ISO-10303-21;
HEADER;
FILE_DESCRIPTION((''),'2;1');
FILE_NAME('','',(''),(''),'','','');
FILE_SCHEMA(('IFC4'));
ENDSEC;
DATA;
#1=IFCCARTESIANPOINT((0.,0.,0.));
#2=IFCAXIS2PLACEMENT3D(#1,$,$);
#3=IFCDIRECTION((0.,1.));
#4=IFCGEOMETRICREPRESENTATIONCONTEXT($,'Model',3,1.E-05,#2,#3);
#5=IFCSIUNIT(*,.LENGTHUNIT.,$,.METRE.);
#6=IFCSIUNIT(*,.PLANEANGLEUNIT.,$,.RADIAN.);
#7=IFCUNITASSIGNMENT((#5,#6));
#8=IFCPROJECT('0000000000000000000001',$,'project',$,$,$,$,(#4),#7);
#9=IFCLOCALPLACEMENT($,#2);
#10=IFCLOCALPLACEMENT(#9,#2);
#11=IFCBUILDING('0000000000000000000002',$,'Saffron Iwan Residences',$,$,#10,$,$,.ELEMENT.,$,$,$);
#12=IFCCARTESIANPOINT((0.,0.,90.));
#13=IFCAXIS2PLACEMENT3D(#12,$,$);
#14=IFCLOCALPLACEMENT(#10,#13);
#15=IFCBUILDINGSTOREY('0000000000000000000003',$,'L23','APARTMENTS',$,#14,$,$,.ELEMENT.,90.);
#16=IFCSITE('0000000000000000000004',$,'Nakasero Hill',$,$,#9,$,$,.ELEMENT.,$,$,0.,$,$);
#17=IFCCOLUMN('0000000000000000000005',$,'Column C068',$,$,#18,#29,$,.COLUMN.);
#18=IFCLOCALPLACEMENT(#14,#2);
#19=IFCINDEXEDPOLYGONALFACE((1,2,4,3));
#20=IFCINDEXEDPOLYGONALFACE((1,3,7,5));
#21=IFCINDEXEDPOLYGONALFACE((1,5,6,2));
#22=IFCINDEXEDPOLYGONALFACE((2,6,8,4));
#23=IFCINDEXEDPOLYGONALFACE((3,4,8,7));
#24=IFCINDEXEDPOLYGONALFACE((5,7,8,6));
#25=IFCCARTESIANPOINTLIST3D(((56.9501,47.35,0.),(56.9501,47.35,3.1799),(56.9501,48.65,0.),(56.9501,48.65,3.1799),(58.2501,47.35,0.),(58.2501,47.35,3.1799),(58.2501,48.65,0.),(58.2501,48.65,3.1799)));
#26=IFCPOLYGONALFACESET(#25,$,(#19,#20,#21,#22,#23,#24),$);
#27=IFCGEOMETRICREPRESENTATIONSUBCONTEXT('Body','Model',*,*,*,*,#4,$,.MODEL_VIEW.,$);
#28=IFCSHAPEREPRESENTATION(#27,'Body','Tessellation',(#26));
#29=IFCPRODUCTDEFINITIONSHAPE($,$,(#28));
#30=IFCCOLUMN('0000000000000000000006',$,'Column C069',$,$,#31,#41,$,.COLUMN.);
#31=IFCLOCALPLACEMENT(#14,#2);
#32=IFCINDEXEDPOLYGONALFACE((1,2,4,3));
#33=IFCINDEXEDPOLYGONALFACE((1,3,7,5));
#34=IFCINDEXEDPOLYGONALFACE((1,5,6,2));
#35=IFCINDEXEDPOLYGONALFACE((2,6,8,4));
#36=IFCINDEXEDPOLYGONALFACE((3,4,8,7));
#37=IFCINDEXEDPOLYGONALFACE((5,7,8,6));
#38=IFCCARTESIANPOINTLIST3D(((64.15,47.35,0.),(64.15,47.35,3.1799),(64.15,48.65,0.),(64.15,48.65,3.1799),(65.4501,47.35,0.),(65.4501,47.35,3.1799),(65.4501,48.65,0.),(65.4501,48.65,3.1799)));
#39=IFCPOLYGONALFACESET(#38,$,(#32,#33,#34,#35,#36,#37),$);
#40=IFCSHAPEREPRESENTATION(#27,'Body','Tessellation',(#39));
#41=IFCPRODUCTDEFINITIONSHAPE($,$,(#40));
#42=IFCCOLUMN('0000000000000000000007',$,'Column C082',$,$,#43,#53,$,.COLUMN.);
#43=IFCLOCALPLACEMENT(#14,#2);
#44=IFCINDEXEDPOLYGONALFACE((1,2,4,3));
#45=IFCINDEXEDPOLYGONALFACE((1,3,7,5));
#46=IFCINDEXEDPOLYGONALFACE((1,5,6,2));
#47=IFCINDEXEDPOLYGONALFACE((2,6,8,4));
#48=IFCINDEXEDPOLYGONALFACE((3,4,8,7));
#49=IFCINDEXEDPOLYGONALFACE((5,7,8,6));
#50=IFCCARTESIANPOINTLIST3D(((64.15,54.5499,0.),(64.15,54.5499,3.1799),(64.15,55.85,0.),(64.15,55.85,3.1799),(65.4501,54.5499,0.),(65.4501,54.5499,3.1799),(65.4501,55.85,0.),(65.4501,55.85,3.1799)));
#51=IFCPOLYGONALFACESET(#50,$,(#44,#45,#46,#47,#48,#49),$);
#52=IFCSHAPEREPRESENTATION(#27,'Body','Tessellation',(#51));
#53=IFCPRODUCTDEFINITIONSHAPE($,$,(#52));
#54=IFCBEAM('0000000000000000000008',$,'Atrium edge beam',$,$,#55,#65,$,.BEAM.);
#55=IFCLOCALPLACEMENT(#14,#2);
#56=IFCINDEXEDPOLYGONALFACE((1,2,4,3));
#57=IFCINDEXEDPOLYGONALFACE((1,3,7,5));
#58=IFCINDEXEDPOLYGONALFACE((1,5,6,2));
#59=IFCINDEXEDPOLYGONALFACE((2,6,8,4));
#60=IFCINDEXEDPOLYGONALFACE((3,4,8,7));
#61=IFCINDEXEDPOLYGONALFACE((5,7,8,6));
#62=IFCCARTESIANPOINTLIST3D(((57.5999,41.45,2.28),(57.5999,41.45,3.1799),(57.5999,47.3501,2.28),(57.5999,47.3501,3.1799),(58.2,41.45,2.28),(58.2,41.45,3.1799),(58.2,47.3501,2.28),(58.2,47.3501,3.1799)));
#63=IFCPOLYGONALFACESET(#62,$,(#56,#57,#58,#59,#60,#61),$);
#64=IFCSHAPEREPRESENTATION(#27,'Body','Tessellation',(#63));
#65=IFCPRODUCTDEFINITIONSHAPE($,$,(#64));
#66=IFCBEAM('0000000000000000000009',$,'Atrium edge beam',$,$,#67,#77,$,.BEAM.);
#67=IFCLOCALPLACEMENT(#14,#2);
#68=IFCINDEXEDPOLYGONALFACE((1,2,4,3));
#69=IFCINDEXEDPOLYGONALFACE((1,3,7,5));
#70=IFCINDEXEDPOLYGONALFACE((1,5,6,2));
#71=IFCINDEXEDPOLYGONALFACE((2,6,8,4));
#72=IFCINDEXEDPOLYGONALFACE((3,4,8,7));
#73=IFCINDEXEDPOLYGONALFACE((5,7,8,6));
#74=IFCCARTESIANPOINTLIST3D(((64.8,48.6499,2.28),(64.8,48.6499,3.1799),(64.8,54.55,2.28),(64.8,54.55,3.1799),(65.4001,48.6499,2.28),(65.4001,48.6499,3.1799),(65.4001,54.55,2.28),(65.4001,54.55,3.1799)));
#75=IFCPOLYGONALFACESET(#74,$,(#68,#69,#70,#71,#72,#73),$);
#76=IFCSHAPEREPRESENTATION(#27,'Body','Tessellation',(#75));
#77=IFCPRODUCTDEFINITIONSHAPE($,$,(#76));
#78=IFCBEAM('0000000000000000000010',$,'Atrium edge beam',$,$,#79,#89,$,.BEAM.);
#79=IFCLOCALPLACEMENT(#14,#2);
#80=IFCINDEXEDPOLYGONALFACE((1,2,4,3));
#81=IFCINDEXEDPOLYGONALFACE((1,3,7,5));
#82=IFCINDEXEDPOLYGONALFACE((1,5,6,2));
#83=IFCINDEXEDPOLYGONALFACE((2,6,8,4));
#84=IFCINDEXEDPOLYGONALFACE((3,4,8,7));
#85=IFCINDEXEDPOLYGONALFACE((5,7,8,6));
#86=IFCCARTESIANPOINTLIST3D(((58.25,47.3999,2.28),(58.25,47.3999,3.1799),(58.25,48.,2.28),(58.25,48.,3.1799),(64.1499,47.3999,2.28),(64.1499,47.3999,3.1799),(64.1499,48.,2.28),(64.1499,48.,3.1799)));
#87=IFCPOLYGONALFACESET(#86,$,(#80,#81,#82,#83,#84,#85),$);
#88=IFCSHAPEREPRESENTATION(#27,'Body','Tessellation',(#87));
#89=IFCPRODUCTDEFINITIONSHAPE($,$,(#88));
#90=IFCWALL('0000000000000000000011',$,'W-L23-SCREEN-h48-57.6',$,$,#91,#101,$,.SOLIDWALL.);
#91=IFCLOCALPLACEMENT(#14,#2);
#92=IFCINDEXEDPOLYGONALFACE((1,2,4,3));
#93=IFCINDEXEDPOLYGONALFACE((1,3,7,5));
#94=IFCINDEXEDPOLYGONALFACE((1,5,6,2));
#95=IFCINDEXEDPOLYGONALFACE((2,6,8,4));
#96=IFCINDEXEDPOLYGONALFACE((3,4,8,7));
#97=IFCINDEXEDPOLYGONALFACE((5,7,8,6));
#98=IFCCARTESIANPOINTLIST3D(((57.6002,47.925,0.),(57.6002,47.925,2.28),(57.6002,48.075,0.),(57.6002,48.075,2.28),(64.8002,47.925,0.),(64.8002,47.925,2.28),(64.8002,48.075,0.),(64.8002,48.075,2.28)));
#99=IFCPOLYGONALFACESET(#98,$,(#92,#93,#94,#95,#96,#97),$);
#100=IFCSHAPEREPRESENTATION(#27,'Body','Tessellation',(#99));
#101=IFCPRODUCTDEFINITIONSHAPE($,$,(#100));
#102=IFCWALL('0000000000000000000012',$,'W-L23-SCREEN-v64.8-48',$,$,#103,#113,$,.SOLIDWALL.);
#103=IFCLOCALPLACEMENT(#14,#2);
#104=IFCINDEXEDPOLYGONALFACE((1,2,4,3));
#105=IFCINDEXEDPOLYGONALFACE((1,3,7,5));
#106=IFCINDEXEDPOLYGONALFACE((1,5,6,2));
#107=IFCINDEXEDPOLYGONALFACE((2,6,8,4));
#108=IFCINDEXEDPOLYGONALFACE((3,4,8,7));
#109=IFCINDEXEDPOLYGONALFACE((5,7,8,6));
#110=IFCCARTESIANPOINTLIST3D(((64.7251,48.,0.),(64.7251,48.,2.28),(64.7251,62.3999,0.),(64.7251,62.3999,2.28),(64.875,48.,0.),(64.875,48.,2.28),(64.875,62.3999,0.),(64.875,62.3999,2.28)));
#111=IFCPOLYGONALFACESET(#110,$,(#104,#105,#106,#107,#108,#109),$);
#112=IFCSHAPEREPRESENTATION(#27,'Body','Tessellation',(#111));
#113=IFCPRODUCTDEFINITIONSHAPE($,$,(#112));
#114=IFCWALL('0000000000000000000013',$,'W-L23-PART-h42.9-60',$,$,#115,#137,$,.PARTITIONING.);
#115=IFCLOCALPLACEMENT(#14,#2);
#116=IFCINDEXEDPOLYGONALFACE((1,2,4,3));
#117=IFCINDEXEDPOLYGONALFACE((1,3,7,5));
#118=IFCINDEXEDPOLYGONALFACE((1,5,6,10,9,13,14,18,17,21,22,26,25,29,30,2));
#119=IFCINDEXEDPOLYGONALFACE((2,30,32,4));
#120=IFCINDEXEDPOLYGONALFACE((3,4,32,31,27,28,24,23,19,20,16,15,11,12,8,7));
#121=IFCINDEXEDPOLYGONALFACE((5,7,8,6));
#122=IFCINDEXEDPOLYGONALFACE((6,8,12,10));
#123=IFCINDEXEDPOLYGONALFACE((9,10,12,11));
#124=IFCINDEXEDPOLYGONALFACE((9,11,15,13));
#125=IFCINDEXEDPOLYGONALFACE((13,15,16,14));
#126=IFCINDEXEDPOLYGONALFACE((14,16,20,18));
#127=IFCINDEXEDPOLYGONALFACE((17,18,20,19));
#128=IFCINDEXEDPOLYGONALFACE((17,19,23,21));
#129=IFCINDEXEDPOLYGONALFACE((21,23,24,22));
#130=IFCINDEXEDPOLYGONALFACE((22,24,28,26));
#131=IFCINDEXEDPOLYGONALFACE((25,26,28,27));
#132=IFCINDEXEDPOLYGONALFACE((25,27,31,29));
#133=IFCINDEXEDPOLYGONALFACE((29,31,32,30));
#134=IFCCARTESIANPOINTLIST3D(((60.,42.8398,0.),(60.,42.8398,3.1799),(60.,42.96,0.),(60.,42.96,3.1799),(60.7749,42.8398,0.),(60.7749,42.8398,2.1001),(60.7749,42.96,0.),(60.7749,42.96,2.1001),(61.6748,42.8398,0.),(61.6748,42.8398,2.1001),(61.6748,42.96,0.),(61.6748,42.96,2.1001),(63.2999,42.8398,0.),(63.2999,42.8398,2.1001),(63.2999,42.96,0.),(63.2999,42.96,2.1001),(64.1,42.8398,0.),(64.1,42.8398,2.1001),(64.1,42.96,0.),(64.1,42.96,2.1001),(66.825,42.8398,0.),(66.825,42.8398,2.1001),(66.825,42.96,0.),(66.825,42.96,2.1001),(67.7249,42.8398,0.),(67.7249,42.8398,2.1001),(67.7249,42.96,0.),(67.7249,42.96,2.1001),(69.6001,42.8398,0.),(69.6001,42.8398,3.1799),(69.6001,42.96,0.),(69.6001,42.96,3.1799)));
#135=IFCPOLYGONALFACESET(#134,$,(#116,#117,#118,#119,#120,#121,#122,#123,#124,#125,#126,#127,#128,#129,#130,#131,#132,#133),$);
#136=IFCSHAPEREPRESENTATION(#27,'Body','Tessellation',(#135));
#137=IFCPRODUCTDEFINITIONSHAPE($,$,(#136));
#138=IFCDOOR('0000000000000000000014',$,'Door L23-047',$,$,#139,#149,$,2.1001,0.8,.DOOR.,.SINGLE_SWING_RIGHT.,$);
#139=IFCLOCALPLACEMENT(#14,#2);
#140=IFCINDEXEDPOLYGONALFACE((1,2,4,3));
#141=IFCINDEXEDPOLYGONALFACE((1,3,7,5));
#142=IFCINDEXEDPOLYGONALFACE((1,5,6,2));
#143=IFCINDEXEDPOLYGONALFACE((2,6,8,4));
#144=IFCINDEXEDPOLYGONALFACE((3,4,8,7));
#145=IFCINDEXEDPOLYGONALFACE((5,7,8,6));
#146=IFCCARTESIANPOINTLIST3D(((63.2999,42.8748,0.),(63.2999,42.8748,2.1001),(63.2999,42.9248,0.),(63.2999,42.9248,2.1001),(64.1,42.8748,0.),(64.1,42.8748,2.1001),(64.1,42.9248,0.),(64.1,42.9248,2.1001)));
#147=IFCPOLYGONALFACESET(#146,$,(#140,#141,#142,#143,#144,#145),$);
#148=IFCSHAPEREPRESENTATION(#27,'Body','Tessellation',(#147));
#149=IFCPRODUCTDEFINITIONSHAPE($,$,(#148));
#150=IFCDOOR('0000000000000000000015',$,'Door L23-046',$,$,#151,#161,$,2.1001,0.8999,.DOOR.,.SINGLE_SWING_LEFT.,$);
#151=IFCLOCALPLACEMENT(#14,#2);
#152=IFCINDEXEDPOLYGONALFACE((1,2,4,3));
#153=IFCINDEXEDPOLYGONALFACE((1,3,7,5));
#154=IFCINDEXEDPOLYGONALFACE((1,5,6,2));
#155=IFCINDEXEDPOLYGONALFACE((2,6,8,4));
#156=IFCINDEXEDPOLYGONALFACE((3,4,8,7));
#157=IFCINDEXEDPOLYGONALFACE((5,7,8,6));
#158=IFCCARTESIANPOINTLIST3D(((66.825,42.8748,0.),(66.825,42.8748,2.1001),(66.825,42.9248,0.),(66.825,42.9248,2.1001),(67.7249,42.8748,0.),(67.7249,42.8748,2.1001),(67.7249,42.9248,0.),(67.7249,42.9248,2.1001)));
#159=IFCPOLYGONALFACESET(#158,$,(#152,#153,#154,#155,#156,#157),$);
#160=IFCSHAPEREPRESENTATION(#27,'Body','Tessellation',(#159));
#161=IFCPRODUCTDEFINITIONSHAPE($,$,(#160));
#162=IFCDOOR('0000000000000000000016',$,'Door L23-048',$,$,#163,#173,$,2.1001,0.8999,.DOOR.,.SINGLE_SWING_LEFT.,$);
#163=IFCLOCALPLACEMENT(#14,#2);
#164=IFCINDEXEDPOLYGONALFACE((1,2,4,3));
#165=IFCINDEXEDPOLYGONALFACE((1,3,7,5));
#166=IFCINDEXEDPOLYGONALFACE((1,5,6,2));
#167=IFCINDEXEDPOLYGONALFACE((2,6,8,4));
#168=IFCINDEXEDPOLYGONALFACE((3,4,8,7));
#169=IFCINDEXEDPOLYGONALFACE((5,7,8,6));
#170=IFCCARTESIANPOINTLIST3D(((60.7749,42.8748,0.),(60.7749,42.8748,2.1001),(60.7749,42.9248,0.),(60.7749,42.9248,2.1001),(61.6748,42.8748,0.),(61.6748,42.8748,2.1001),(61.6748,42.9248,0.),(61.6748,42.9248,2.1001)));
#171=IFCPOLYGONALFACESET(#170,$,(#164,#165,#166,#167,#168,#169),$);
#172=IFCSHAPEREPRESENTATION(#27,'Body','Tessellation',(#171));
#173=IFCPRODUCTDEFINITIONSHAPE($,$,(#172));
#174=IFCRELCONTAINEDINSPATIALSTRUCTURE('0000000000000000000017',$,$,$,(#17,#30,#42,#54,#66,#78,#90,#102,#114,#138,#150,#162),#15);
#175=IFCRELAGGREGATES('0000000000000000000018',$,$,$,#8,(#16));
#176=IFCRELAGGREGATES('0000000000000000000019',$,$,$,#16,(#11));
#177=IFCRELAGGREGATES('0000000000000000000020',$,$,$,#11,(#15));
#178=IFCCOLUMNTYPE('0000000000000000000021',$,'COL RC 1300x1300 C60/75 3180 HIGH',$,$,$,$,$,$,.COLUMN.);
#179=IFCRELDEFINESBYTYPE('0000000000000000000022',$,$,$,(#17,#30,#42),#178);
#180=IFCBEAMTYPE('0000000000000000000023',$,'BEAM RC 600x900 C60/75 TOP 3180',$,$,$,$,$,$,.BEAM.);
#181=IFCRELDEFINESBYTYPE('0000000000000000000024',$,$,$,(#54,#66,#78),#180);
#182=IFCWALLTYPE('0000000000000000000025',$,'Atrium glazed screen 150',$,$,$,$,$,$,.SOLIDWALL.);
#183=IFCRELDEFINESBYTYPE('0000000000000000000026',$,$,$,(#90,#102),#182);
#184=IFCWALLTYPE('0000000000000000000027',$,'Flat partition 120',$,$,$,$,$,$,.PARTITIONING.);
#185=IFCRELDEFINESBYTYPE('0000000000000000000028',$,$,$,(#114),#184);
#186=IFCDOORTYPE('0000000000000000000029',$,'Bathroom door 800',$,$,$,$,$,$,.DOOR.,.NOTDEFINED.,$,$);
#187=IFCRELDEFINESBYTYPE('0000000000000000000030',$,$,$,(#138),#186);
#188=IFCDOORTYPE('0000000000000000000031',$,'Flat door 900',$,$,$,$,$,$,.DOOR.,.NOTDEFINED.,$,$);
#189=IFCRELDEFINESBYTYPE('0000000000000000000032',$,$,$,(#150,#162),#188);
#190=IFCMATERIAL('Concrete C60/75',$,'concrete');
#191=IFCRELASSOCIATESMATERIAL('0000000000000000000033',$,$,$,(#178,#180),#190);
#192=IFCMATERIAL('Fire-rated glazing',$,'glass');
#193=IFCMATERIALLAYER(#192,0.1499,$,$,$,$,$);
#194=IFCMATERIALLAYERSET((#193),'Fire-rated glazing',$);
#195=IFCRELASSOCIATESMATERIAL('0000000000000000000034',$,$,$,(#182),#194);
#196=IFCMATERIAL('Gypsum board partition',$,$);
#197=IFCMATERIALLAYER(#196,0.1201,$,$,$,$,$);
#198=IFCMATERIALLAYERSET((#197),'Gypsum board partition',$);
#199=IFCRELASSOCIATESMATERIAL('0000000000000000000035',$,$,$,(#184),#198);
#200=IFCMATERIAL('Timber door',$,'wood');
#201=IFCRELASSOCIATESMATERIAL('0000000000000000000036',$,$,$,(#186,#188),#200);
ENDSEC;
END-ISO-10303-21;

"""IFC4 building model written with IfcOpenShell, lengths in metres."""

from ifc_helpers import new_model, si_unit, direction, frame, frame_2d, origin, origin_2d, place, context, subcontext, project, spatial, rectangle, extrude, source, transform, mapped, material, layer, layer_set, material_profile, profile_set, type_object, element, fill, save


model = new_model("IFC4")

# Units and contexts
model_context = context("Model", 3, precision=1e-05, world=origin(), true_north=direction((0.0, 1.0)))
body_context = subcontext(model_context, "Body", "Model", "MODEL_VIEW")
ifc_project = project(units=[si_unit("LENGTHUNIT", "METRE"), si_unit("PLANEANGLEUNIT", "RADIAN")], contexts=[model_context])

# Site, building, storey
site_placement = place(None, origin())
site = spatial("IfcSite", under=ifc_project, at=site_placement, Name="Nakasero Hill", CompositionType="ELEMENT", RefElevation=0.0)
building_placement = place(site_placement, origin())
building = spatial("IfcBuilding", under=site, at=building_placement, Name="Saffron Iwan Residences", CompositionType="ELEMENT")
storey_placement = place(building_placement, frame((0.0, 0.0, 90.0)))
storey = spatial("IfcBuildingStorey", under=building, at=storey_placement, Name="L23", Description="APARTMENTS", CompositionType="ELEMENT", Elevation=90.0)

# Columns
ifc_material_1 = material(Name="Concrete C60/75", Category="concrete")
ifc_material_profile_1 = material_profile(ifc_material_1, rectangle(XDim=1.3, YDim=1.3, at=origin_2d()), Name="RC 1300x1300")
ifc_profile_set_1 = profile_set([ifc_material_profile_1], Name="Concrete C60/75")
column_type = type_object("IfcColumnType", Name="COL RC 1300x1300 C60/75 3180 HIGH", PredefinedType="COLUMN", material=ifc_profile_set_1)
shared_shape_1 = source(origin(), body_context, "Body", "SweptSolid", [
    extrude(rectangle(XDim=1.3, YDim=1.3, at=origin_2d()), origin(), (0.0, 0.0, 1.0), 3.1799),
])
for number, where, z_axis, x_axis, name in (
    (1, (57.6001, 48.0, 0.0), (0.0, 0.0, 1.0), (1.0, 0.0, 0.0), "Column C068"),
    (2, (64.8, 48.0, 0.0), (0.0, 0.0, 1.0), (1.0, 0.0, 0.0), "Column C069"),
    (3, (64.8, 55.2, 0.0), (0.0, 0.0, 1.0), (1.0, 0.0, 0.0), "Column C082"),
):
    element("IfcColumn", number, at=place(storey_placement, frame(where, z_axis=z_axis, x_axis=x_axis)), inside=storey, type_object=column_type, Name=name, PredefinedType="COLUMN", context=body_context, shape_type="MappedRepresentation", body=[
        mapped(shared_shape_1, transform((0.0, 0.0, 0.0))),
    ])

# Beams
ifc_material_profile_2 = material_profile(ifc_material_1, rectangle(XDim=0.6001, YDim=0.8999, at=origin_2d()), Name="RC 600x900")
ifc_profile_set_2 = profile_set([ifc_material_profile_2], Name="Concrete C60/75")
beam_type = type_object("IfcBeamType", Name="BEAM RC 600x900 C60/75 TOP 3180", PredefinedType="BEAM", material=ifc_profile_set_2)
shared_shape_2 = source(origin(), body_context, "Body", "SweptSolid", [
    extrude(rectangle(XDim=0.6001, YDim=0.8999, at=origin_2d()), origin(), (0.0, 0.0, 1.0), 5.9001),
])
for number, where, z_axis, x_axis, name in (
    (4, (57.8999, 47.3501, 2.73), (0.0, -1.0, 0.0), (1.0, 0.0, 0.0), "Atrium edge beam"),
    (5, (65.1001, 54.55, 2.73), (0.0, -1.0, 0.0), (1.0, 0.0, 0.0), "Atrium edge beam"),
):
    element("IfcBeam", number, at=place(storey_placement, frame(where, z_axis=z_axis, x_axis=x_axis)), inside=storey, type_object=beam_type, Name=name, PredefinedType="BEAM", context=body_context, shape_type="MappedRepresentation", body=[
        mapped(shared_shape_2, transform((0.0, 0.0, 0.0))),
    ])
shared_shape_3 = source(origin(), body_context, "Body", "SweptSolid", [
    extrude(rectangle(XDim=0.6001, YDim=0.8999, at=origin_2d()), origin(), (0.0, 0.0, 1.0), 5.8999),
])
beam_placement = place(storey_placement, frame((64.1499, 47.7, 2.73), z_axis=(-1.0, 0.0, 0.0), x_axis=(0.0, -1.0, 0.0)))
element("IfcBeam", 6, at=beam_placement, inside=storey, type_object=beam_type, Name="Atrium edge beam", PredefinedType="BEAM", context=body_context, shape_type="MappedRepresentation", body=[
    mapped(shared_shape_3, transform((0.0, 0.0, 0.0))),
])

# Walls
ifc_material_2 = material(Name="Fire-rated glazing", Category="glass")
ifc_layer_1 = layer(ifc_material_2, 0.1499)
ifc_layer_set_1 = layer_set([ifc_layer_1], Name="Fire-rated glazing")
wall_type_1 = type_object("IfcWallType", Name="Atrium glazed screen 150", PredefinedType="SOLIDWALL", material=ifc_layer_set_1)
wall_1_placement = place(storey_placement, frame((57.6001, 48.0, 0.0), z_axis=(0.0, 0.0, 1.0), x_axis=(1.0, 0.0, 0.0)))
element("IfcWall", 7, at=wall_1_placement, inside=storey, type_object=wall_type_1, Name="W-L23-SCREEN-h48-57.6", PredefinedType="SOLIDWALL", context=body_context, shape_type="SweptSolid", body=[
    extrude(rectangle(XDim=7.2, YDim=0.1499, at=frame_2d((3.6001, 0.0))), origin(), (0.0, 0.0, 1.0), 2.28),
])
wall_2_placement = place(storey_placement, frame((64.8, 48.0, 0.0), z_axis=(0.0, 0.0, 1.0), x_axis=(0.0, 1.0, 0.0)))
element("IfcWall", 8, at=wall_2_placement, inside=storey, type_object=wall_type_1, Name="W-L23-SCREEN-v64.8-48", PredefinedType="SOLIDWALL", context=body_context, shape_type="SweptSolid", body=[
    extrude(rectangle(XDim=14.3999, YDim=0.1499, at=frame_2d((7.2, 0.0))), origin(), (0.0, 0.0, 1.0), 2.28),
])

# Wall, openings, doors
ifc_material_3 = material(Name="Gypsum board partition")
ifc_layer_2 = layer(ifc_material_3, 0.1201)
ifc_layer_set_2 = layer_set([ifc_layer_2], Name="Gypsum board partition")
wall_type_2 = type_object("IfcWallType", Name="Flat partition 120", PredefinedType="PARTITIONING", material=ifc_layer_set_2)
wall_3_placement = place(storey_placement, frame((60.0, 42.8999, 0.0), z_axis=(0.0, 0.0, 1.0), x_axis=(1.0, 0.0, 0.0)))
wall_3 = element("IfcWall", 9, at=wall_3_placement, inside=storey, type_object=wall_type_2, Name="W-L23-PART-h42.9-60", PredefinedType="PARTITIONING", context=body_context, shape_type="SweptSolid", body=[
    extrude(rectangle(XDim=9.6001, YDim=0.1201, at=frame_2d((4.8, 0.0))), origin(), (0.0, 0.0, 1.0), 3.1799),
])
opening_1_placement = place(wall_3_placement, frame((6.825, 0.0, 0.0)))
opening_1 = element("IfcOpeningElement", 10, at=opening_1_placement, cuts=wall_3, PredefinedType="OPENING", context=body_context, shape_type="SweptSolid", body=[
    extrude(rectangle(XDim=0.8999, YDim=2.1001, at=frame_2d((0.45, 1.05))), frame((0.0, 0.0701, 0.0), z_axis=(0.0, -1.0, 0.0), x_axis=(1.0, 0.0, 0.0)), (0.0, 0.0, 1.0), 0.1401),
])
opening_2_placement = place(wall_3_placement, frame((3.3, 0.0, 0.0)))
opening_2 = element("IfcOpeningElement", 11, at=opening_2_placement, cuts=wall_3, PredefinedType="OPENING", context=body_context, shape_type="SweptSolid", body=[
    extrude(rectangle(XDim=0.8, YDim=2.1001, at=frame_2d((0.3999, 1.05))), frame((0.0, 0.0701, 0.0), z_axis=(0.0, -1.0, 0.0), x_axis=(1.0, 0.0, 0.0)), (0.0, 0.0, 1.0), 0.1401),
])
opening_3_placement = place(wall_3_placement, frame((0.7749, 0.0, 0.0)))
opening_3 = element("IfcOpeningElement", 12, at=opening_3_placement, cuts=wall_3, PredefinedType="OPENING", context=body_context, shape_type="SweptSolid", body=[
    extrude(rectangle(XDim=0.8999, YDim=2.1001, at=frame_2d((0.45, 1.05))), frame((0.0, 0.0701, 0.0), z_axis=(0.0, -1.0, 0.0), x_axis=(1.0, 0.0, 0.0)), (0.0, 0.0, 1.0), 0.1401),
])
ifc_material_4 = material(Name="Timber door", Category="wood")
door_type_1 = type_object("IfcDoorType", Name="Bathroom door 800", OperationType="NOTDEFINED", PredefinedType="DOOR", material=ifc_material_4)
door_1_placement = place(opening_2_placement, origin())
door_1 = element("IfcDoor", 13, at=door_1_placement, inside=storey, type_object=door_type_1, Name="Door L23-047", OperationType="SINGLE_SWING_RIGHT", OverallHeight=2.1001, OverallWidth=0.8, PredefinedType="DOOR", context=body_context, shape_type="SweptSolid", body=[
    extrude(rectangle(XDim=0.8, YDim=2.1001, at=frame_2d((0.3999, 1.05))), frame((0.0, 0.0249, 0.0), z_axis=(0.0, -1.0, 0.0), x_axis=(1.0, 0.0, 0.0)), (0.0, 0.0, 1.0), 0.05),
])
fill(opening_2, door_1)
door_type_2 = type_object("IfcDoorType", Name="Flat door 900", OperationType="NOTDEFINED", PredefinedType="DOOR", material=ifc_material_4)
door_2_placement = place(opening_1_placement, origin())
door_2 = element("IfcDoor", 14, at=door_2_placement, inside=storey, type_object=door_type_2, Name="Door L23-046", OperationType="SINGLE_SWING_LEFT", OverallHeight=2.1001, OverallWidth=0.8999, PredefinedType="DOOR", context=body_context, shape_type="SweptSolid", body=[
    extrude(rectangle(XDim=0.8999, YDim=2.1001, at=frame_2d((0.45, 1.05))), frame((0.0, 0.0249, 0.0), z_axis=(0.0, -1.0, 0.0), x_axis=(1.0, 0.0, 0.0)), (0.0, 0.0, 1.0), 0.05),
])
fill(opening_1, door_2)
door_3_placement = place(opening_3_placement, origin())
door_3 = element("IfcDoor", 15, at=door_3_placement, inside=storey, type_object=door_type_2, Name="Door L23-048", OperationType="SINGLE_SWING_LEFT", OverallHeight=2.1001, OverallWidth=0.8999, PredefinedType="DOOR", context=body_context, shape_type="SweptSolid", body=[
    extrude(rectangle(XDim=0.8999, YDim=2.1001, at=frame_2d((0.45, 1.05))), frame((0.0, 0.0249, 0.0), z_axis=(0.0, -1.0, 0.0), x_axis=(1.0, 0.0, 0.0)), (0.0, 0.0, 1.0), 0.05),
])
fill(opening_3, door_3)

save(model, "model.ifc")
